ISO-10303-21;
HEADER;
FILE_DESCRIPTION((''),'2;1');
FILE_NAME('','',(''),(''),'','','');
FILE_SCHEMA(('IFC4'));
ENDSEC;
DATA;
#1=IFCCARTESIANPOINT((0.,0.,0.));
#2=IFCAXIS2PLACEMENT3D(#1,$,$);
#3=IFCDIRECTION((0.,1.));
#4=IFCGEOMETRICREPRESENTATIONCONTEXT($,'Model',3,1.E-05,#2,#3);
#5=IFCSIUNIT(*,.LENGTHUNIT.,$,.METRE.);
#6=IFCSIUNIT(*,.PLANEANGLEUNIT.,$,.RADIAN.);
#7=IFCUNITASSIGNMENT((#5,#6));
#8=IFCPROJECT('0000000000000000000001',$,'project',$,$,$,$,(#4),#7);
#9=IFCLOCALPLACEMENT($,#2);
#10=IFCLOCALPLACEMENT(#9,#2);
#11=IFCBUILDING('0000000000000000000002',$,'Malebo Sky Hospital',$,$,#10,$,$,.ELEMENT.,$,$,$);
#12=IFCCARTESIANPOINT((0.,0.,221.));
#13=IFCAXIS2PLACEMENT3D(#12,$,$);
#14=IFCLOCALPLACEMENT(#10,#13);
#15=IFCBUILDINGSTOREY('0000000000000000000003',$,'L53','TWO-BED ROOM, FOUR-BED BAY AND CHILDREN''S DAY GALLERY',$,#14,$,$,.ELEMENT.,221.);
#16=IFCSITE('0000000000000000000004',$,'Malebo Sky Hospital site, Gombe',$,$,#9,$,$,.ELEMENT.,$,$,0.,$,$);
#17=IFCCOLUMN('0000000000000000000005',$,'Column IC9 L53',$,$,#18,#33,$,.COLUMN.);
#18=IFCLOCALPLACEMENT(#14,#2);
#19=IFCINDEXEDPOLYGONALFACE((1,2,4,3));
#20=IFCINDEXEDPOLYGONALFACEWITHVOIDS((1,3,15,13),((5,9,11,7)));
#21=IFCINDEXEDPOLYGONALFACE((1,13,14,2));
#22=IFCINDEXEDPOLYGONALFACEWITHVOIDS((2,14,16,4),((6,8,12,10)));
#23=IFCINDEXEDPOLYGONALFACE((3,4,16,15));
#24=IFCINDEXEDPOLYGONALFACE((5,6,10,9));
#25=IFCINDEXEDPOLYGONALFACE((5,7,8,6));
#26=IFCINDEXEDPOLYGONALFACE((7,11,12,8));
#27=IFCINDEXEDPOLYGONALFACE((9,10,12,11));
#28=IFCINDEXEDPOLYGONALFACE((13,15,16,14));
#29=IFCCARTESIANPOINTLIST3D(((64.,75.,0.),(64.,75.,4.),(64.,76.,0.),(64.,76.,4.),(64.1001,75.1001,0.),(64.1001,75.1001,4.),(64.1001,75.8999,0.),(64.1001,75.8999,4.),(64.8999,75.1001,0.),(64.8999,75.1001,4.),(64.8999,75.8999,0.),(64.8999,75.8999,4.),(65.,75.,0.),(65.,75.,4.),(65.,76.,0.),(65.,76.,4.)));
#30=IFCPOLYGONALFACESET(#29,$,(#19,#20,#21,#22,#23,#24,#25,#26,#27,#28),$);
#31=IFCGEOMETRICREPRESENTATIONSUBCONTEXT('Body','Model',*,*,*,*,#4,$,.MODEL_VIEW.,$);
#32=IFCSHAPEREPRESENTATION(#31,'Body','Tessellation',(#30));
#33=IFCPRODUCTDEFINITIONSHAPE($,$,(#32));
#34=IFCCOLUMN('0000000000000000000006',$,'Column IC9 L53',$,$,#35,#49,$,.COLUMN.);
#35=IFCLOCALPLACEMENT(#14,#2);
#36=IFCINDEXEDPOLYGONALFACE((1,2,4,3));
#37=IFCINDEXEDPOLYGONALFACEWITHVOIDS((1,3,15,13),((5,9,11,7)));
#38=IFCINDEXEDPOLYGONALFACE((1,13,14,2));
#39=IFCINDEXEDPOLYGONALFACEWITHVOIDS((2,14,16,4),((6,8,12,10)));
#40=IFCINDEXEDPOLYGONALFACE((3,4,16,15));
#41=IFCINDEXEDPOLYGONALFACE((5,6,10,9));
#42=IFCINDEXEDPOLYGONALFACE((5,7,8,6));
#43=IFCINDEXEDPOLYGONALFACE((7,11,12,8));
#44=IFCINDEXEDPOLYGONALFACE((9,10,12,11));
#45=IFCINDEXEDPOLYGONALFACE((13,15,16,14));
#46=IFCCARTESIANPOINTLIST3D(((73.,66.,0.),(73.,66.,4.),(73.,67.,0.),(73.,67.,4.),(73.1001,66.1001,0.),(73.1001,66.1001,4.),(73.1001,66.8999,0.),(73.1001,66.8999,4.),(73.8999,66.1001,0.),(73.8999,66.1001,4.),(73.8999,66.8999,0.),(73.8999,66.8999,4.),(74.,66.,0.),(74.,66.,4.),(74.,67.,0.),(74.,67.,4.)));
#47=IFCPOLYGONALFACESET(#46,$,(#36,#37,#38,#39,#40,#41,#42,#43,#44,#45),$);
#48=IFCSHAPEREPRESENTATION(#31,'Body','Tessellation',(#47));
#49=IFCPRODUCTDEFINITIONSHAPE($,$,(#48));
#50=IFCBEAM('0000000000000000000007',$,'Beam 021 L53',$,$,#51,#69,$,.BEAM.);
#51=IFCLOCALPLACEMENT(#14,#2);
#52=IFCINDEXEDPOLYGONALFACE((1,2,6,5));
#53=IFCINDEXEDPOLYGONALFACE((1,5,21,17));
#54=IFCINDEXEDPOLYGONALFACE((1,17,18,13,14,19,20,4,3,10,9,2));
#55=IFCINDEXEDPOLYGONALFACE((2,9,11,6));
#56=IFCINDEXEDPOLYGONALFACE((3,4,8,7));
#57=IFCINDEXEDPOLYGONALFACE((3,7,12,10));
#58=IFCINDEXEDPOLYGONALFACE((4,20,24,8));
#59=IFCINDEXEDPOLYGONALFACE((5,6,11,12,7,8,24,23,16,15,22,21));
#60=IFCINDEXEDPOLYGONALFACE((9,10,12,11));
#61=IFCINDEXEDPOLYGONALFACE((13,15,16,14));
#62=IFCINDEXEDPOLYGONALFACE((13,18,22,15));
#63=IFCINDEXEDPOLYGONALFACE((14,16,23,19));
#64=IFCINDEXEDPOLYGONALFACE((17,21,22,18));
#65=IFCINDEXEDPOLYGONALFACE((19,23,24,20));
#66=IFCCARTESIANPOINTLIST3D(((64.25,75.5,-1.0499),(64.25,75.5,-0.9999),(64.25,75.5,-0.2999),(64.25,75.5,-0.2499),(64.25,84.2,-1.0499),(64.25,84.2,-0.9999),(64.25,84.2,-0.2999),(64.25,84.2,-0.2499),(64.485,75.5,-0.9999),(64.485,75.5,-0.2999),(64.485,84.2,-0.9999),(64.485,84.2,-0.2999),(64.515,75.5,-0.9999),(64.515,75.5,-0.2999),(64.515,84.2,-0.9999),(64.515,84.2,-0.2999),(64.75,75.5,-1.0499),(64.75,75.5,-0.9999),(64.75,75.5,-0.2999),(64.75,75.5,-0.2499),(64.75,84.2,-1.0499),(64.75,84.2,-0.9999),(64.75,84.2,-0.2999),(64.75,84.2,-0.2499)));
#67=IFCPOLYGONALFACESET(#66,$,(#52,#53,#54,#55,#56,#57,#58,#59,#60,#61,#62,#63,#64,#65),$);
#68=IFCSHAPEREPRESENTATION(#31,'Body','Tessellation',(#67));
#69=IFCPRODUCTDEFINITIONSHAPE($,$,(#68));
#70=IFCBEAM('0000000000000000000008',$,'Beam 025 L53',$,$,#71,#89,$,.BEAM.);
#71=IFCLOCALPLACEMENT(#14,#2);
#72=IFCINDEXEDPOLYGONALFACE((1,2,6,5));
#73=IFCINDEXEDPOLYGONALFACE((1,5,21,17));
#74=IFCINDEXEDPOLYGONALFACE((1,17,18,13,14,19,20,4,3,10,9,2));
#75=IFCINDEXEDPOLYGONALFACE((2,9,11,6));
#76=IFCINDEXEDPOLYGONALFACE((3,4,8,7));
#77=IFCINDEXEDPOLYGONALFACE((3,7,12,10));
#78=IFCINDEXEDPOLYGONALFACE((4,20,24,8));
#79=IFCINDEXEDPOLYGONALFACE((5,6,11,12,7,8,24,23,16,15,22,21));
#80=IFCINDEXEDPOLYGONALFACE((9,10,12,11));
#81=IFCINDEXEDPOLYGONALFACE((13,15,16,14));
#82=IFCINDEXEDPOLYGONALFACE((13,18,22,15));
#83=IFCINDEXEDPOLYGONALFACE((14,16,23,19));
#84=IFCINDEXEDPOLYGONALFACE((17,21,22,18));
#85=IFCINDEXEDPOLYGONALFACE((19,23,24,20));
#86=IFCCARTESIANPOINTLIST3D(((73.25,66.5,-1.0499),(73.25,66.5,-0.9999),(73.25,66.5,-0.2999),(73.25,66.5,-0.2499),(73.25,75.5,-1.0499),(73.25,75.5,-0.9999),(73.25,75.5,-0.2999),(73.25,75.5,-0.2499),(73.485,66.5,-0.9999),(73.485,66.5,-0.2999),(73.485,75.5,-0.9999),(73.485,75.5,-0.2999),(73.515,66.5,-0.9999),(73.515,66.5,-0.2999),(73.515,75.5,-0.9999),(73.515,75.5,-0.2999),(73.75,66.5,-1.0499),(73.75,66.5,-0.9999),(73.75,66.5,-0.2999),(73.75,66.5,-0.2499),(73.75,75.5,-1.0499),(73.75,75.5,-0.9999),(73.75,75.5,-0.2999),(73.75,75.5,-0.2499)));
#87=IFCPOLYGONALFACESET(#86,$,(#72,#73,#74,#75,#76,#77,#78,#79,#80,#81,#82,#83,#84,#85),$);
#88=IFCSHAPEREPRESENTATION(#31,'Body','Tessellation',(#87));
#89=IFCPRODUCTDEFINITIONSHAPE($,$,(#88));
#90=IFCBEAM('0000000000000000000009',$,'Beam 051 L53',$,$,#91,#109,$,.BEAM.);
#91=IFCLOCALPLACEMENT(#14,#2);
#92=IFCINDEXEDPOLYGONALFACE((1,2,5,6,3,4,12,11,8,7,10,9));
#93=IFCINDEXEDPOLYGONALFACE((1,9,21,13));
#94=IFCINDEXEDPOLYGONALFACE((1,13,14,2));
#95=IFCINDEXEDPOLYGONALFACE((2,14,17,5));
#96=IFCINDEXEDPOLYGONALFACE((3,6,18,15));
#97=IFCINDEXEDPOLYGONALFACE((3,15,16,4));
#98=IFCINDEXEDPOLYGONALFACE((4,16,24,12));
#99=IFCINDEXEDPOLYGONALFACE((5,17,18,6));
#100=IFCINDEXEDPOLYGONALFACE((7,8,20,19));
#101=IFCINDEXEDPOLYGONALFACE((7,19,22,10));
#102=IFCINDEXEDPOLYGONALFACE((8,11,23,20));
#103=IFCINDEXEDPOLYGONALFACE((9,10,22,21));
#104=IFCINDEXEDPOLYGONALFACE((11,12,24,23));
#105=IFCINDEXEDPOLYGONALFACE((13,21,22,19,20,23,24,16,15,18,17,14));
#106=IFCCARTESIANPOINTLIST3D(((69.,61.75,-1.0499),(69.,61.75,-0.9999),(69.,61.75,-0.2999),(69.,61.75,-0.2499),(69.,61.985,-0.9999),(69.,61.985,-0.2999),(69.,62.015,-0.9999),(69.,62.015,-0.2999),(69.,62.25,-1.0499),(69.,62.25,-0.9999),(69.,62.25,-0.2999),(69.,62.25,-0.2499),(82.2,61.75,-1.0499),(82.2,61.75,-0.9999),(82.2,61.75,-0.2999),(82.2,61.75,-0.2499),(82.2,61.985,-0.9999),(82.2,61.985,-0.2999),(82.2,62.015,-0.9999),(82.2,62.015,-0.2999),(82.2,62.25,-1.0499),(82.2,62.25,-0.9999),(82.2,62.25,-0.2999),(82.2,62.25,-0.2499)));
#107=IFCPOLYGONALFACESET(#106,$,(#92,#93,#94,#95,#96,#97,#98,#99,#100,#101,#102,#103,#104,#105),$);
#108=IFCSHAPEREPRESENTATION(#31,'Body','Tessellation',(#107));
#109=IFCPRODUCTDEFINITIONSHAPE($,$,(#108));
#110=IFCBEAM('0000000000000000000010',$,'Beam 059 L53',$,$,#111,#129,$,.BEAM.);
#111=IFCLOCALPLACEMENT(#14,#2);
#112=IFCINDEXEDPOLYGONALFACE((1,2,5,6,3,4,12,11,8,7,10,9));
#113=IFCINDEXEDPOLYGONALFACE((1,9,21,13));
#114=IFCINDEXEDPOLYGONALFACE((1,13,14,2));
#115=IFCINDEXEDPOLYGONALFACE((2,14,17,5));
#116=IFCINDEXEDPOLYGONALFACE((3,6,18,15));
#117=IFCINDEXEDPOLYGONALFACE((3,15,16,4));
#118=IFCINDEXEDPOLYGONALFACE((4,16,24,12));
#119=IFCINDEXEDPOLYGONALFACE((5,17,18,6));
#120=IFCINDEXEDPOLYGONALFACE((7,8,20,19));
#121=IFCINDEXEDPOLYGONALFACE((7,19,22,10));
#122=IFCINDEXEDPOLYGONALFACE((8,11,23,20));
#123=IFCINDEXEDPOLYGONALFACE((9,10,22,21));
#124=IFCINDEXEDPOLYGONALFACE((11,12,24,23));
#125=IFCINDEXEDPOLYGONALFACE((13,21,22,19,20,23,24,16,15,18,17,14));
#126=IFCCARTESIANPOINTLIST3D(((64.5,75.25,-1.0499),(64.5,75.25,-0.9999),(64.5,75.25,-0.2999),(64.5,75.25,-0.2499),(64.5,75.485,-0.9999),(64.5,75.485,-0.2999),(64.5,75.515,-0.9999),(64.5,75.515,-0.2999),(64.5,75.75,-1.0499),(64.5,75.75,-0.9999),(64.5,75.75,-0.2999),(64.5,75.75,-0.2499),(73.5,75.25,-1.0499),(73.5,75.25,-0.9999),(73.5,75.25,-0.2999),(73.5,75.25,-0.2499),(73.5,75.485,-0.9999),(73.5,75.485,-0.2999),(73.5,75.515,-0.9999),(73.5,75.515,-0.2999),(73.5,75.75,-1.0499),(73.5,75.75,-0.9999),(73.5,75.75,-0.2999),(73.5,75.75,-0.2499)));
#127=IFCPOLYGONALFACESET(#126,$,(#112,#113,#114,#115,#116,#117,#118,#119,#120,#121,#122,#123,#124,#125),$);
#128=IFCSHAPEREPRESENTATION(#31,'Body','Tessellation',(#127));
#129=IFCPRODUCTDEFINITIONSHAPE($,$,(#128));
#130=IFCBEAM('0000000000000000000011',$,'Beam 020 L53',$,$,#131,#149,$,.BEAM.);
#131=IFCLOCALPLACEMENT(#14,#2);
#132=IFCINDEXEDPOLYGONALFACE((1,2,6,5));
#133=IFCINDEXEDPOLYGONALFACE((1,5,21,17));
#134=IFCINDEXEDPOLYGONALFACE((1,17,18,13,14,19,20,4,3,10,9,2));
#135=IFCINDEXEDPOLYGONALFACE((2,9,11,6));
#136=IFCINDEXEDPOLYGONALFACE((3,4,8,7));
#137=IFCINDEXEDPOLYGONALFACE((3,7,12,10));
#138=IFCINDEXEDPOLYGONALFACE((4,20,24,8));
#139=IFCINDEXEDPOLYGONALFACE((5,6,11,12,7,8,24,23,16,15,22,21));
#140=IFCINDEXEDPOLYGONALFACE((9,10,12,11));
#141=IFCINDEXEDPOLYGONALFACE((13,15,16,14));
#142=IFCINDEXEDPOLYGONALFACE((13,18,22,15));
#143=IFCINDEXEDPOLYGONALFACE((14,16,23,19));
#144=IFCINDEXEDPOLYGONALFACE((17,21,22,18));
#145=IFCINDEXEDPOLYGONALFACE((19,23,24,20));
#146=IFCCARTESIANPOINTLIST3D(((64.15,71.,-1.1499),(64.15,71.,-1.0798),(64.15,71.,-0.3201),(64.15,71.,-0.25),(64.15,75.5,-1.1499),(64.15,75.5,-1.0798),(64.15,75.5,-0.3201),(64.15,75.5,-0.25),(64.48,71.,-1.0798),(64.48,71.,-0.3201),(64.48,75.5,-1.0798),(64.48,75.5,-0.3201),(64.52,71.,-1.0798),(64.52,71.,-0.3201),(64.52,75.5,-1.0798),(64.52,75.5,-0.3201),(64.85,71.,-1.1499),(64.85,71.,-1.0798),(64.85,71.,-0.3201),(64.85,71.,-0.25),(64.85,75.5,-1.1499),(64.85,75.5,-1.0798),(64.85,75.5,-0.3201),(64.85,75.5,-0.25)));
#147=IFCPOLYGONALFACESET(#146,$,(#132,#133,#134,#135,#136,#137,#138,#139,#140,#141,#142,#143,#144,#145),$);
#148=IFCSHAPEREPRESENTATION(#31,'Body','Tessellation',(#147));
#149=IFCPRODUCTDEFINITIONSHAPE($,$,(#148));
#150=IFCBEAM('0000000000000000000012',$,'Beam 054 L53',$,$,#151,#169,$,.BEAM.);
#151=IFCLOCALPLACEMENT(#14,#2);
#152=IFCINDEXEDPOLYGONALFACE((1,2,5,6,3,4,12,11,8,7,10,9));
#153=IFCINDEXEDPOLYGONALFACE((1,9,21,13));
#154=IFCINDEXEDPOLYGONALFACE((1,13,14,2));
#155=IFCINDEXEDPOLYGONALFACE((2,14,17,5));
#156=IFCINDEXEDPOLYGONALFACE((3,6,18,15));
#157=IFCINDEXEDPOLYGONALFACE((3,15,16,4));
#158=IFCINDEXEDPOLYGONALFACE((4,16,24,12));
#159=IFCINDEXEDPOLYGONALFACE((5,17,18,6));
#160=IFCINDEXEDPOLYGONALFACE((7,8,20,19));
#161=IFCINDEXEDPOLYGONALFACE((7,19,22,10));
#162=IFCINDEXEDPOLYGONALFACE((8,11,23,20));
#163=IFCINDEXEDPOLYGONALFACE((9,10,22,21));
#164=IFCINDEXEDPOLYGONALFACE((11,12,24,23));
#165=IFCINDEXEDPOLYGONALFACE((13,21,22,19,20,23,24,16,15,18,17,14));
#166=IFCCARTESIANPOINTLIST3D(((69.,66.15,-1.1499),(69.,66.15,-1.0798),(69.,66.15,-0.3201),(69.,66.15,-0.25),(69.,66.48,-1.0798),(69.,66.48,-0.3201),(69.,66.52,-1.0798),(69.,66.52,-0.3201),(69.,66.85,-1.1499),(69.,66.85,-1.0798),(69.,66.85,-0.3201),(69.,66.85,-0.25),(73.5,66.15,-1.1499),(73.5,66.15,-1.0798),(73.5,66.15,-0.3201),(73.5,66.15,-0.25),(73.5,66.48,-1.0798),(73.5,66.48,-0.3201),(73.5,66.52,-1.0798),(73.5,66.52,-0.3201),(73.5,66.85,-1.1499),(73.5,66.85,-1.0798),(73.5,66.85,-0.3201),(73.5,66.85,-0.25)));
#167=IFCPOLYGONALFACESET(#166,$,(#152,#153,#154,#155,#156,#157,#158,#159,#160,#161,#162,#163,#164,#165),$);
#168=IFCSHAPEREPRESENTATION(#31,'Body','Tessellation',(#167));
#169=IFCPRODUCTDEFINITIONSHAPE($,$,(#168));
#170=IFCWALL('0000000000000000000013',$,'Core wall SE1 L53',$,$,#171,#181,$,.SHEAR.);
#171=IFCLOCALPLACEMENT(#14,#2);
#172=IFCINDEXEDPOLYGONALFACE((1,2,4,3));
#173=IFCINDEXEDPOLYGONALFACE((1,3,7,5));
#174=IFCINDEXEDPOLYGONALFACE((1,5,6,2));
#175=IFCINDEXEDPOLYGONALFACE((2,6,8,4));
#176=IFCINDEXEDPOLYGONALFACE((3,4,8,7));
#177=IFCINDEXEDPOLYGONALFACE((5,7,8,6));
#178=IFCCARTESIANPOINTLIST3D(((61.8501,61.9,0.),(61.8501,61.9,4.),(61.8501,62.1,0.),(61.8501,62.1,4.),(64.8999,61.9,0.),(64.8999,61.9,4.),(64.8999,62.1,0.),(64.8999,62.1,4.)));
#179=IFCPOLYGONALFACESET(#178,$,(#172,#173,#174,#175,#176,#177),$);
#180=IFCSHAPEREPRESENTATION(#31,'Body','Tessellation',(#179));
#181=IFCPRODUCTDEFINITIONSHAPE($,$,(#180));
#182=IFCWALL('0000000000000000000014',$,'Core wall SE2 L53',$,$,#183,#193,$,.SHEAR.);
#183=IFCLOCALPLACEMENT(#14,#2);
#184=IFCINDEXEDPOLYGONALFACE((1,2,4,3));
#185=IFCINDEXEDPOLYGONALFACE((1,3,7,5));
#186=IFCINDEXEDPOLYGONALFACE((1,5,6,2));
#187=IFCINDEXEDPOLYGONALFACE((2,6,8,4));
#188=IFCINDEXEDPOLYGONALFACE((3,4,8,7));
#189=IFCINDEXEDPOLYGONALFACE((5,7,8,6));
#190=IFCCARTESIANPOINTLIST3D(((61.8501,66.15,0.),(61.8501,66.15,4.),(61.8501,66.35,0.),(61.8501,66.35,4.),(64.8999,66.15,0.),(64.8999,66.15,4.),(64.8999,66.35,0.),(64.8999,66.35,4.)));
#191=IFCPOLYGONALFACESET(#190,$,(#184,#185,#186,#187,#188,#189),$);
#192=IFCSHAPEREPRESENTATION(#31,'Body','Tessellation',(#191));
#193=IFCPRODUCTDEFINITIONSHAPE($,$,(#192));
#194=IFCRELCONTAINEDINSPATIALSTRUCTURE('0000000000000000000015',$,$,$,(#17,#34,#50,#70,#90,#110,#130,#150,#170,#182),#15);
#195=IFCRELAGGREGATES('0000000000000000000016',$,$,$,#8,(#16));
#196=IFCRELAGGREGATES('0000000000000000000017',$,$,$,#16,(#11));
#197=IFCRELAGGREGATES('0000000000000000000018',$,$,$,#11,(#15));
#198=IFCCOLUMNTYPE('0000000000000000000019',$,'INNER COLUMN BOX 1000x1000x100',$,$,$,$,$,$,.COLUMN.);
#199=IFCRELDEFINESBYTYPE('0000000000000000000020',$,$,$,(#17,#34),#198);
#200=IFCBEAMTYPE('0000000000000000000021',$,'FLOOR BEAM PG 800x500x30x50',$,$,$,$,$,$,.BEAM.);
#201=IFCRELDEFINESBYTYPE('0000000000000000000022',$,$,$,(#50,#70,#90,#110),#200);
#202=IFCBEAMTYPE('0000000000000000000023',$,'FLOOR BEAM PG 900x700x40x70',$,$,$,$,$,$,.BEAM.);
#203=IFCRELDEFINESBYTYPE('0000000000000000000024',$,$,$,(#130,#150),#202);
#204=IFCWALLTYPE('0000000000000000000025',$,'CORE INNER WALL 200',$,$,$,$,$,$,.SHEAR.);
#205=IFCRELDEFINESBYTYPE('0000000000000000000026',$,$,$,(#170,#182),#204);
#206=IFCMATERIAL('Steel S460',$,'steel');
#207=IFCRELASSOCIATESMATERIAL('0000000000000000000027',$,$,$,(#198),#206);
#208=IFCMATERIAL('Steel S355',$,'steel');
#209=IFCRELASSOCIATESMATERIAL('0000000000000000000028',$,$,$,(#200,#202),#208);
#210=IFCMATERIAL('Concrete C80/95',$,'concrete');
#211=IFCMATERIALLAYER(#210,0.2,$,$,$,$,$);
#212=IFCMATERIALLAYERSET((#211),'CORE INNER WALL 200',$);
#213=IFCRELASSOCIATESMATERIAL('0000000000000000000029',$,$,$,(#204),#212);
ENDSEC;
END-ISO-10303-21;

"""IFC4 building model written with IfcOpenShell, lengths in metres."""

from ifc_helpers import new_model, si_unit, direction, frame, frame_2d, origin, origin_2d, place, context, subcontext, project, spatial, rectangle, hollow_rectangle, i_section, extrude, material, layer, layer_set, material_profile, profile_set, type_object, element, save


model = new_model("IFC4")

# Units and contexts
model_context = context("Model", 3, precision=1e-05, world=origin(), true_north=direction((0.0, 1.0)))
body_context = subcontext(model_context, "Body", "Model", "MODEL_VIEW")
ifc_project = project(units=[si_unit("LENGTHUNIT", "METRE"), si_unit("PLANEANGLEUNIT", "RADIAN")], contexts=[model_context])

# Site, building, storey
site_placement = place(None, origin())
site = spatial("IfcSite", under=ifc_project, at=site_placement, Name="Malebo Sky Hospital site, Gombe", CompositionType="ELEMENT", RefElevation=0.0)
building_placement = place(site_placement, origin())
building = spatial("IfcBuilding", under=site, at=building_placement, Name="Malebo Sky Hospital", CompositionType="ELEMENT")
storey_placement = place(building_placement, frame((0.0, 0.0, 221.0)))
storey = spatial("IfcBuildingStorey", under=building, at=storey_placement, Name="L53", Description="TWO-BED ROOM, FOUR-BED BAY AND CHILDREN'S DAY GALLERY", CompositionType="ELEMENT", Elevation=221.0)

# Columns
ifc_material_1 = material(Name="Steel S460", Category="steel")
ifc_material_profile_1 = material_profile(ifc_material_1, hollow_rectangle(XDim=1.0, YDim=1.0, WallThickness=0.1001, at=origin_2d()), Name="BOX 1000x1000x100")
ifc_profile_set_1 = profile_set([ifc_material_profile_1], Name="Steel S460")
column_type = type_object("IfcColumnType", Name="INNER COLUMN BOX 1000x1000x100", PredefinedType="COLUMN", material=ifc_profile_set_1)
for number, where, z_axis, x_axis, name in (
    (1, (64.5, 75.5, 0.0), (0.0, 0.0, 1.0), (1.0, 0.0, 0.0), "Column IC9 L53"),
    (2, (73.5, 66.5, 0.0), (0.0, 0.0, 1.0), (1.0, 0.0, 0.0), "Column IC9 L53"),
):
    element("IfcColumn", number, at=place(storey_placement, frame(where, z_axis=z_axis, x_axis=x_axis)), inside=storey, type_object=column_type, Name=name, PredefinedType="COLUMN", context=body_context, shape_type="SweptSolid", body=[
        extrude(hollow_rectangle(XDim=1.0, YDim=1.0, WallThickness=0.1001, at=origin_2d()), origin(), (0.0, 0.0, 1.0), 4.0),
    ])

# Beams
ifc_material_2 = material(Name="Steel S355", Category="steel")
ifc_material_profile_2 = material_profile(ifc_material_2, i_section(OverallWidth=0.5, OverallDepth=0.8, WebThickness=0.03, FlangeThickness=0.05, at=origin_2d()), Name="PG 800x500x30x50")
ifc_profile_set_2 = profile_set([ifc_material_profile_2], Name="Steel S355")
beam_type_1 = type_object("IfcBeamType", Name="FLOOR BEAM PG 800x500x30x50", PredefinedType="BEAM", material=ifc_profile_set_2)
beam_1_placement = place(storey_placement, frame((64.5, 75.5, -0.6499), z_axis=(0.0, 1.0, 0.0), x_axis=(-1.0, 0.0, 0.0)))
element("IfcBeam", 3, at=beam_1_placement, inside=storey, type_object=beam_type_1, Name="Beam 021 L53", PredefinedType="BEAM", context=body_context, shape_type="SweptSolid", body=[
    extrude(i_section(OverallWidth=0.5, OverallDepth=0.8, WebThickness=0.03, FlangeThickness=0.05, at=origin_2d()), origin(), (0.0, 0.0, 1.0), 8.7),
])
beam_2_placement = place(storey_placement, frame((73.5, 66.5, -0.6499), z_axis=(0.0, 1.0, 0.0), x_axis=(-1.0, 0.0, 0.0)))
element("IfcBeam", 4, at=beam_2_placement, inside=storey, type_object=beam_type_1, Name="Beam 025 L53", PredefinedType="BEAM", context=body_context, shape_type="SweptSolid", body=[
    extrude(i_section(OverallWidth=0.5, OverallDepth=0.8, WebThickness=0.03, FlangeThickness=0.05, at=origin_2d()), origin(), (0.0, 0.0, 1.0), 9.0),
])
beam_3_placement = place(storey_placement, frame((69.0, 62.0, -0.6499), z_axis=(1.0, 0.0, 0.0), x_axis=(0.0, 1.0, 0.0)))
element("IfcBeam", 5, at=beam_3_placement, inside=storey, type_object=beam_type_1, Name="Beam 051 L53", PredefinedType="BEAM", context=body_context, shape_type="SweptSolid", body=[
    extrude(i_section(OverallWidth=0.5, OverallDepth=0.8, WebThickness=0.03, FlangeThickness=0.05, at=origin_2d()), origin(), (0.0, 0.0, 1.0), 13.2),
])
beam_4_placement = place(storey_placement, frame((64.5, 75.5, -0.6499), z_axis=(1.0, 0.0, 0.0), x_axis=(0.0, 1.0, 0.0)))
element("IfcBeam", 6, at=beam_4_placement, inside=storey, type_object=beam_type_1, Name="Beam 059 L53", PredefinedType="BEAM", context=body_context, shape_type="SweptSolid", body=[
    extrude(i_section(OverallWidth=0.5, OverallDepth=0.8, WebThickness=0.03, FlangeThickness=0.05, at=origin_2d()), origin(), (0.0, 0.0, 1.0), 9.0),
])
ifc_material_profile_3 = material_profile(ifc_material_2, i_section(OverallWidth=0.7, OverallDepth=0.8999, WebThickness=0.04, FlangeThickness=0.0701, at=origin_2d()), Name="PG 900x700x40x70")
ifc_profile_set_3 = profile_set([ifc_material_profile_3], Name="Steel S355")
beam_type_2 = type_object("IfcBeamType", Name="FLOOR BEAM PG 900x700x40x70", PredefinedType="BEAM", material=ifc_profile_set_3)
for number, where, z_axis, x_axis, name in (
    (7, (64.5, 71.0, -0.7), (0.0, 1.0, 0.0), (-1.0, 0.0, 0.0), "Beam 020 L53"),
    (8, (69.0, 66.5, -0.7), (1.0, 0.0, 0.0), (0.0, 1.0, 0.0), "Beam 054 L53"),
):
    element("IfcBeam", number, at=place(storey_placement, frame(where, z_axis=z_axis, x_axis=x_axis)), inside=storey, type_object=beam_type_2, Name=name, PredefinedType="BEAM", context=body_context, shape_type="SweptSolid", body=[
        extrude(i_section(OverallWidth=0.7, OverallDepth=0.8999, WebThickness=0.04, FlangeThickness=0.0701, at=origin_2d()), origin(), (0.0, 0.0, 1.0), 4.5),
    ])

# Walls
ifc_material_3 = material(Name="Concrete C80/95", Category="concrete")
ifc_layer_1 = layer(ifc_material_3, 0.2)
ifc_layer_set_1 = layer_set([ifc_layer_1], Name="CORE INNER WALL 200")
wall_type_1 = type_object("IfcWallType", Name="CORE INNER WALL 200", PredefinedType="SHEAR", material=ifc_layer_set_1)
for number, where, z_axis, x_axis, name in (
    (9, (61.8501, 62.0, 0.0), (0.0, 0.0, 1.0), (1.0, 0.0, 0.0), "Core wall SE1 L53"),
    (10, (61.8501, 66.25, 0.0), (0.0, 0.0, 1.0), (1.0, 0.0, 0.0), "Core wall SE2 L53"),
):
    element("IfcWall", number, at=place(storey_placement, frame(where, z_axis=z_axis, x_axis=x_axis)), inside=storey, type_object=wall_type_1, Name=name, PredefinedType="SHEAR", context=body_context, shape_type="SweptSolid", body=[
        extrude(rectangle(XDim=3.0498, YDim=0.2, at=frame_2d((1.5249, 0.0))), origin(), (0.0, 0.0, 1.0), 4.0),
    ])

save(model, "model.ifc")
